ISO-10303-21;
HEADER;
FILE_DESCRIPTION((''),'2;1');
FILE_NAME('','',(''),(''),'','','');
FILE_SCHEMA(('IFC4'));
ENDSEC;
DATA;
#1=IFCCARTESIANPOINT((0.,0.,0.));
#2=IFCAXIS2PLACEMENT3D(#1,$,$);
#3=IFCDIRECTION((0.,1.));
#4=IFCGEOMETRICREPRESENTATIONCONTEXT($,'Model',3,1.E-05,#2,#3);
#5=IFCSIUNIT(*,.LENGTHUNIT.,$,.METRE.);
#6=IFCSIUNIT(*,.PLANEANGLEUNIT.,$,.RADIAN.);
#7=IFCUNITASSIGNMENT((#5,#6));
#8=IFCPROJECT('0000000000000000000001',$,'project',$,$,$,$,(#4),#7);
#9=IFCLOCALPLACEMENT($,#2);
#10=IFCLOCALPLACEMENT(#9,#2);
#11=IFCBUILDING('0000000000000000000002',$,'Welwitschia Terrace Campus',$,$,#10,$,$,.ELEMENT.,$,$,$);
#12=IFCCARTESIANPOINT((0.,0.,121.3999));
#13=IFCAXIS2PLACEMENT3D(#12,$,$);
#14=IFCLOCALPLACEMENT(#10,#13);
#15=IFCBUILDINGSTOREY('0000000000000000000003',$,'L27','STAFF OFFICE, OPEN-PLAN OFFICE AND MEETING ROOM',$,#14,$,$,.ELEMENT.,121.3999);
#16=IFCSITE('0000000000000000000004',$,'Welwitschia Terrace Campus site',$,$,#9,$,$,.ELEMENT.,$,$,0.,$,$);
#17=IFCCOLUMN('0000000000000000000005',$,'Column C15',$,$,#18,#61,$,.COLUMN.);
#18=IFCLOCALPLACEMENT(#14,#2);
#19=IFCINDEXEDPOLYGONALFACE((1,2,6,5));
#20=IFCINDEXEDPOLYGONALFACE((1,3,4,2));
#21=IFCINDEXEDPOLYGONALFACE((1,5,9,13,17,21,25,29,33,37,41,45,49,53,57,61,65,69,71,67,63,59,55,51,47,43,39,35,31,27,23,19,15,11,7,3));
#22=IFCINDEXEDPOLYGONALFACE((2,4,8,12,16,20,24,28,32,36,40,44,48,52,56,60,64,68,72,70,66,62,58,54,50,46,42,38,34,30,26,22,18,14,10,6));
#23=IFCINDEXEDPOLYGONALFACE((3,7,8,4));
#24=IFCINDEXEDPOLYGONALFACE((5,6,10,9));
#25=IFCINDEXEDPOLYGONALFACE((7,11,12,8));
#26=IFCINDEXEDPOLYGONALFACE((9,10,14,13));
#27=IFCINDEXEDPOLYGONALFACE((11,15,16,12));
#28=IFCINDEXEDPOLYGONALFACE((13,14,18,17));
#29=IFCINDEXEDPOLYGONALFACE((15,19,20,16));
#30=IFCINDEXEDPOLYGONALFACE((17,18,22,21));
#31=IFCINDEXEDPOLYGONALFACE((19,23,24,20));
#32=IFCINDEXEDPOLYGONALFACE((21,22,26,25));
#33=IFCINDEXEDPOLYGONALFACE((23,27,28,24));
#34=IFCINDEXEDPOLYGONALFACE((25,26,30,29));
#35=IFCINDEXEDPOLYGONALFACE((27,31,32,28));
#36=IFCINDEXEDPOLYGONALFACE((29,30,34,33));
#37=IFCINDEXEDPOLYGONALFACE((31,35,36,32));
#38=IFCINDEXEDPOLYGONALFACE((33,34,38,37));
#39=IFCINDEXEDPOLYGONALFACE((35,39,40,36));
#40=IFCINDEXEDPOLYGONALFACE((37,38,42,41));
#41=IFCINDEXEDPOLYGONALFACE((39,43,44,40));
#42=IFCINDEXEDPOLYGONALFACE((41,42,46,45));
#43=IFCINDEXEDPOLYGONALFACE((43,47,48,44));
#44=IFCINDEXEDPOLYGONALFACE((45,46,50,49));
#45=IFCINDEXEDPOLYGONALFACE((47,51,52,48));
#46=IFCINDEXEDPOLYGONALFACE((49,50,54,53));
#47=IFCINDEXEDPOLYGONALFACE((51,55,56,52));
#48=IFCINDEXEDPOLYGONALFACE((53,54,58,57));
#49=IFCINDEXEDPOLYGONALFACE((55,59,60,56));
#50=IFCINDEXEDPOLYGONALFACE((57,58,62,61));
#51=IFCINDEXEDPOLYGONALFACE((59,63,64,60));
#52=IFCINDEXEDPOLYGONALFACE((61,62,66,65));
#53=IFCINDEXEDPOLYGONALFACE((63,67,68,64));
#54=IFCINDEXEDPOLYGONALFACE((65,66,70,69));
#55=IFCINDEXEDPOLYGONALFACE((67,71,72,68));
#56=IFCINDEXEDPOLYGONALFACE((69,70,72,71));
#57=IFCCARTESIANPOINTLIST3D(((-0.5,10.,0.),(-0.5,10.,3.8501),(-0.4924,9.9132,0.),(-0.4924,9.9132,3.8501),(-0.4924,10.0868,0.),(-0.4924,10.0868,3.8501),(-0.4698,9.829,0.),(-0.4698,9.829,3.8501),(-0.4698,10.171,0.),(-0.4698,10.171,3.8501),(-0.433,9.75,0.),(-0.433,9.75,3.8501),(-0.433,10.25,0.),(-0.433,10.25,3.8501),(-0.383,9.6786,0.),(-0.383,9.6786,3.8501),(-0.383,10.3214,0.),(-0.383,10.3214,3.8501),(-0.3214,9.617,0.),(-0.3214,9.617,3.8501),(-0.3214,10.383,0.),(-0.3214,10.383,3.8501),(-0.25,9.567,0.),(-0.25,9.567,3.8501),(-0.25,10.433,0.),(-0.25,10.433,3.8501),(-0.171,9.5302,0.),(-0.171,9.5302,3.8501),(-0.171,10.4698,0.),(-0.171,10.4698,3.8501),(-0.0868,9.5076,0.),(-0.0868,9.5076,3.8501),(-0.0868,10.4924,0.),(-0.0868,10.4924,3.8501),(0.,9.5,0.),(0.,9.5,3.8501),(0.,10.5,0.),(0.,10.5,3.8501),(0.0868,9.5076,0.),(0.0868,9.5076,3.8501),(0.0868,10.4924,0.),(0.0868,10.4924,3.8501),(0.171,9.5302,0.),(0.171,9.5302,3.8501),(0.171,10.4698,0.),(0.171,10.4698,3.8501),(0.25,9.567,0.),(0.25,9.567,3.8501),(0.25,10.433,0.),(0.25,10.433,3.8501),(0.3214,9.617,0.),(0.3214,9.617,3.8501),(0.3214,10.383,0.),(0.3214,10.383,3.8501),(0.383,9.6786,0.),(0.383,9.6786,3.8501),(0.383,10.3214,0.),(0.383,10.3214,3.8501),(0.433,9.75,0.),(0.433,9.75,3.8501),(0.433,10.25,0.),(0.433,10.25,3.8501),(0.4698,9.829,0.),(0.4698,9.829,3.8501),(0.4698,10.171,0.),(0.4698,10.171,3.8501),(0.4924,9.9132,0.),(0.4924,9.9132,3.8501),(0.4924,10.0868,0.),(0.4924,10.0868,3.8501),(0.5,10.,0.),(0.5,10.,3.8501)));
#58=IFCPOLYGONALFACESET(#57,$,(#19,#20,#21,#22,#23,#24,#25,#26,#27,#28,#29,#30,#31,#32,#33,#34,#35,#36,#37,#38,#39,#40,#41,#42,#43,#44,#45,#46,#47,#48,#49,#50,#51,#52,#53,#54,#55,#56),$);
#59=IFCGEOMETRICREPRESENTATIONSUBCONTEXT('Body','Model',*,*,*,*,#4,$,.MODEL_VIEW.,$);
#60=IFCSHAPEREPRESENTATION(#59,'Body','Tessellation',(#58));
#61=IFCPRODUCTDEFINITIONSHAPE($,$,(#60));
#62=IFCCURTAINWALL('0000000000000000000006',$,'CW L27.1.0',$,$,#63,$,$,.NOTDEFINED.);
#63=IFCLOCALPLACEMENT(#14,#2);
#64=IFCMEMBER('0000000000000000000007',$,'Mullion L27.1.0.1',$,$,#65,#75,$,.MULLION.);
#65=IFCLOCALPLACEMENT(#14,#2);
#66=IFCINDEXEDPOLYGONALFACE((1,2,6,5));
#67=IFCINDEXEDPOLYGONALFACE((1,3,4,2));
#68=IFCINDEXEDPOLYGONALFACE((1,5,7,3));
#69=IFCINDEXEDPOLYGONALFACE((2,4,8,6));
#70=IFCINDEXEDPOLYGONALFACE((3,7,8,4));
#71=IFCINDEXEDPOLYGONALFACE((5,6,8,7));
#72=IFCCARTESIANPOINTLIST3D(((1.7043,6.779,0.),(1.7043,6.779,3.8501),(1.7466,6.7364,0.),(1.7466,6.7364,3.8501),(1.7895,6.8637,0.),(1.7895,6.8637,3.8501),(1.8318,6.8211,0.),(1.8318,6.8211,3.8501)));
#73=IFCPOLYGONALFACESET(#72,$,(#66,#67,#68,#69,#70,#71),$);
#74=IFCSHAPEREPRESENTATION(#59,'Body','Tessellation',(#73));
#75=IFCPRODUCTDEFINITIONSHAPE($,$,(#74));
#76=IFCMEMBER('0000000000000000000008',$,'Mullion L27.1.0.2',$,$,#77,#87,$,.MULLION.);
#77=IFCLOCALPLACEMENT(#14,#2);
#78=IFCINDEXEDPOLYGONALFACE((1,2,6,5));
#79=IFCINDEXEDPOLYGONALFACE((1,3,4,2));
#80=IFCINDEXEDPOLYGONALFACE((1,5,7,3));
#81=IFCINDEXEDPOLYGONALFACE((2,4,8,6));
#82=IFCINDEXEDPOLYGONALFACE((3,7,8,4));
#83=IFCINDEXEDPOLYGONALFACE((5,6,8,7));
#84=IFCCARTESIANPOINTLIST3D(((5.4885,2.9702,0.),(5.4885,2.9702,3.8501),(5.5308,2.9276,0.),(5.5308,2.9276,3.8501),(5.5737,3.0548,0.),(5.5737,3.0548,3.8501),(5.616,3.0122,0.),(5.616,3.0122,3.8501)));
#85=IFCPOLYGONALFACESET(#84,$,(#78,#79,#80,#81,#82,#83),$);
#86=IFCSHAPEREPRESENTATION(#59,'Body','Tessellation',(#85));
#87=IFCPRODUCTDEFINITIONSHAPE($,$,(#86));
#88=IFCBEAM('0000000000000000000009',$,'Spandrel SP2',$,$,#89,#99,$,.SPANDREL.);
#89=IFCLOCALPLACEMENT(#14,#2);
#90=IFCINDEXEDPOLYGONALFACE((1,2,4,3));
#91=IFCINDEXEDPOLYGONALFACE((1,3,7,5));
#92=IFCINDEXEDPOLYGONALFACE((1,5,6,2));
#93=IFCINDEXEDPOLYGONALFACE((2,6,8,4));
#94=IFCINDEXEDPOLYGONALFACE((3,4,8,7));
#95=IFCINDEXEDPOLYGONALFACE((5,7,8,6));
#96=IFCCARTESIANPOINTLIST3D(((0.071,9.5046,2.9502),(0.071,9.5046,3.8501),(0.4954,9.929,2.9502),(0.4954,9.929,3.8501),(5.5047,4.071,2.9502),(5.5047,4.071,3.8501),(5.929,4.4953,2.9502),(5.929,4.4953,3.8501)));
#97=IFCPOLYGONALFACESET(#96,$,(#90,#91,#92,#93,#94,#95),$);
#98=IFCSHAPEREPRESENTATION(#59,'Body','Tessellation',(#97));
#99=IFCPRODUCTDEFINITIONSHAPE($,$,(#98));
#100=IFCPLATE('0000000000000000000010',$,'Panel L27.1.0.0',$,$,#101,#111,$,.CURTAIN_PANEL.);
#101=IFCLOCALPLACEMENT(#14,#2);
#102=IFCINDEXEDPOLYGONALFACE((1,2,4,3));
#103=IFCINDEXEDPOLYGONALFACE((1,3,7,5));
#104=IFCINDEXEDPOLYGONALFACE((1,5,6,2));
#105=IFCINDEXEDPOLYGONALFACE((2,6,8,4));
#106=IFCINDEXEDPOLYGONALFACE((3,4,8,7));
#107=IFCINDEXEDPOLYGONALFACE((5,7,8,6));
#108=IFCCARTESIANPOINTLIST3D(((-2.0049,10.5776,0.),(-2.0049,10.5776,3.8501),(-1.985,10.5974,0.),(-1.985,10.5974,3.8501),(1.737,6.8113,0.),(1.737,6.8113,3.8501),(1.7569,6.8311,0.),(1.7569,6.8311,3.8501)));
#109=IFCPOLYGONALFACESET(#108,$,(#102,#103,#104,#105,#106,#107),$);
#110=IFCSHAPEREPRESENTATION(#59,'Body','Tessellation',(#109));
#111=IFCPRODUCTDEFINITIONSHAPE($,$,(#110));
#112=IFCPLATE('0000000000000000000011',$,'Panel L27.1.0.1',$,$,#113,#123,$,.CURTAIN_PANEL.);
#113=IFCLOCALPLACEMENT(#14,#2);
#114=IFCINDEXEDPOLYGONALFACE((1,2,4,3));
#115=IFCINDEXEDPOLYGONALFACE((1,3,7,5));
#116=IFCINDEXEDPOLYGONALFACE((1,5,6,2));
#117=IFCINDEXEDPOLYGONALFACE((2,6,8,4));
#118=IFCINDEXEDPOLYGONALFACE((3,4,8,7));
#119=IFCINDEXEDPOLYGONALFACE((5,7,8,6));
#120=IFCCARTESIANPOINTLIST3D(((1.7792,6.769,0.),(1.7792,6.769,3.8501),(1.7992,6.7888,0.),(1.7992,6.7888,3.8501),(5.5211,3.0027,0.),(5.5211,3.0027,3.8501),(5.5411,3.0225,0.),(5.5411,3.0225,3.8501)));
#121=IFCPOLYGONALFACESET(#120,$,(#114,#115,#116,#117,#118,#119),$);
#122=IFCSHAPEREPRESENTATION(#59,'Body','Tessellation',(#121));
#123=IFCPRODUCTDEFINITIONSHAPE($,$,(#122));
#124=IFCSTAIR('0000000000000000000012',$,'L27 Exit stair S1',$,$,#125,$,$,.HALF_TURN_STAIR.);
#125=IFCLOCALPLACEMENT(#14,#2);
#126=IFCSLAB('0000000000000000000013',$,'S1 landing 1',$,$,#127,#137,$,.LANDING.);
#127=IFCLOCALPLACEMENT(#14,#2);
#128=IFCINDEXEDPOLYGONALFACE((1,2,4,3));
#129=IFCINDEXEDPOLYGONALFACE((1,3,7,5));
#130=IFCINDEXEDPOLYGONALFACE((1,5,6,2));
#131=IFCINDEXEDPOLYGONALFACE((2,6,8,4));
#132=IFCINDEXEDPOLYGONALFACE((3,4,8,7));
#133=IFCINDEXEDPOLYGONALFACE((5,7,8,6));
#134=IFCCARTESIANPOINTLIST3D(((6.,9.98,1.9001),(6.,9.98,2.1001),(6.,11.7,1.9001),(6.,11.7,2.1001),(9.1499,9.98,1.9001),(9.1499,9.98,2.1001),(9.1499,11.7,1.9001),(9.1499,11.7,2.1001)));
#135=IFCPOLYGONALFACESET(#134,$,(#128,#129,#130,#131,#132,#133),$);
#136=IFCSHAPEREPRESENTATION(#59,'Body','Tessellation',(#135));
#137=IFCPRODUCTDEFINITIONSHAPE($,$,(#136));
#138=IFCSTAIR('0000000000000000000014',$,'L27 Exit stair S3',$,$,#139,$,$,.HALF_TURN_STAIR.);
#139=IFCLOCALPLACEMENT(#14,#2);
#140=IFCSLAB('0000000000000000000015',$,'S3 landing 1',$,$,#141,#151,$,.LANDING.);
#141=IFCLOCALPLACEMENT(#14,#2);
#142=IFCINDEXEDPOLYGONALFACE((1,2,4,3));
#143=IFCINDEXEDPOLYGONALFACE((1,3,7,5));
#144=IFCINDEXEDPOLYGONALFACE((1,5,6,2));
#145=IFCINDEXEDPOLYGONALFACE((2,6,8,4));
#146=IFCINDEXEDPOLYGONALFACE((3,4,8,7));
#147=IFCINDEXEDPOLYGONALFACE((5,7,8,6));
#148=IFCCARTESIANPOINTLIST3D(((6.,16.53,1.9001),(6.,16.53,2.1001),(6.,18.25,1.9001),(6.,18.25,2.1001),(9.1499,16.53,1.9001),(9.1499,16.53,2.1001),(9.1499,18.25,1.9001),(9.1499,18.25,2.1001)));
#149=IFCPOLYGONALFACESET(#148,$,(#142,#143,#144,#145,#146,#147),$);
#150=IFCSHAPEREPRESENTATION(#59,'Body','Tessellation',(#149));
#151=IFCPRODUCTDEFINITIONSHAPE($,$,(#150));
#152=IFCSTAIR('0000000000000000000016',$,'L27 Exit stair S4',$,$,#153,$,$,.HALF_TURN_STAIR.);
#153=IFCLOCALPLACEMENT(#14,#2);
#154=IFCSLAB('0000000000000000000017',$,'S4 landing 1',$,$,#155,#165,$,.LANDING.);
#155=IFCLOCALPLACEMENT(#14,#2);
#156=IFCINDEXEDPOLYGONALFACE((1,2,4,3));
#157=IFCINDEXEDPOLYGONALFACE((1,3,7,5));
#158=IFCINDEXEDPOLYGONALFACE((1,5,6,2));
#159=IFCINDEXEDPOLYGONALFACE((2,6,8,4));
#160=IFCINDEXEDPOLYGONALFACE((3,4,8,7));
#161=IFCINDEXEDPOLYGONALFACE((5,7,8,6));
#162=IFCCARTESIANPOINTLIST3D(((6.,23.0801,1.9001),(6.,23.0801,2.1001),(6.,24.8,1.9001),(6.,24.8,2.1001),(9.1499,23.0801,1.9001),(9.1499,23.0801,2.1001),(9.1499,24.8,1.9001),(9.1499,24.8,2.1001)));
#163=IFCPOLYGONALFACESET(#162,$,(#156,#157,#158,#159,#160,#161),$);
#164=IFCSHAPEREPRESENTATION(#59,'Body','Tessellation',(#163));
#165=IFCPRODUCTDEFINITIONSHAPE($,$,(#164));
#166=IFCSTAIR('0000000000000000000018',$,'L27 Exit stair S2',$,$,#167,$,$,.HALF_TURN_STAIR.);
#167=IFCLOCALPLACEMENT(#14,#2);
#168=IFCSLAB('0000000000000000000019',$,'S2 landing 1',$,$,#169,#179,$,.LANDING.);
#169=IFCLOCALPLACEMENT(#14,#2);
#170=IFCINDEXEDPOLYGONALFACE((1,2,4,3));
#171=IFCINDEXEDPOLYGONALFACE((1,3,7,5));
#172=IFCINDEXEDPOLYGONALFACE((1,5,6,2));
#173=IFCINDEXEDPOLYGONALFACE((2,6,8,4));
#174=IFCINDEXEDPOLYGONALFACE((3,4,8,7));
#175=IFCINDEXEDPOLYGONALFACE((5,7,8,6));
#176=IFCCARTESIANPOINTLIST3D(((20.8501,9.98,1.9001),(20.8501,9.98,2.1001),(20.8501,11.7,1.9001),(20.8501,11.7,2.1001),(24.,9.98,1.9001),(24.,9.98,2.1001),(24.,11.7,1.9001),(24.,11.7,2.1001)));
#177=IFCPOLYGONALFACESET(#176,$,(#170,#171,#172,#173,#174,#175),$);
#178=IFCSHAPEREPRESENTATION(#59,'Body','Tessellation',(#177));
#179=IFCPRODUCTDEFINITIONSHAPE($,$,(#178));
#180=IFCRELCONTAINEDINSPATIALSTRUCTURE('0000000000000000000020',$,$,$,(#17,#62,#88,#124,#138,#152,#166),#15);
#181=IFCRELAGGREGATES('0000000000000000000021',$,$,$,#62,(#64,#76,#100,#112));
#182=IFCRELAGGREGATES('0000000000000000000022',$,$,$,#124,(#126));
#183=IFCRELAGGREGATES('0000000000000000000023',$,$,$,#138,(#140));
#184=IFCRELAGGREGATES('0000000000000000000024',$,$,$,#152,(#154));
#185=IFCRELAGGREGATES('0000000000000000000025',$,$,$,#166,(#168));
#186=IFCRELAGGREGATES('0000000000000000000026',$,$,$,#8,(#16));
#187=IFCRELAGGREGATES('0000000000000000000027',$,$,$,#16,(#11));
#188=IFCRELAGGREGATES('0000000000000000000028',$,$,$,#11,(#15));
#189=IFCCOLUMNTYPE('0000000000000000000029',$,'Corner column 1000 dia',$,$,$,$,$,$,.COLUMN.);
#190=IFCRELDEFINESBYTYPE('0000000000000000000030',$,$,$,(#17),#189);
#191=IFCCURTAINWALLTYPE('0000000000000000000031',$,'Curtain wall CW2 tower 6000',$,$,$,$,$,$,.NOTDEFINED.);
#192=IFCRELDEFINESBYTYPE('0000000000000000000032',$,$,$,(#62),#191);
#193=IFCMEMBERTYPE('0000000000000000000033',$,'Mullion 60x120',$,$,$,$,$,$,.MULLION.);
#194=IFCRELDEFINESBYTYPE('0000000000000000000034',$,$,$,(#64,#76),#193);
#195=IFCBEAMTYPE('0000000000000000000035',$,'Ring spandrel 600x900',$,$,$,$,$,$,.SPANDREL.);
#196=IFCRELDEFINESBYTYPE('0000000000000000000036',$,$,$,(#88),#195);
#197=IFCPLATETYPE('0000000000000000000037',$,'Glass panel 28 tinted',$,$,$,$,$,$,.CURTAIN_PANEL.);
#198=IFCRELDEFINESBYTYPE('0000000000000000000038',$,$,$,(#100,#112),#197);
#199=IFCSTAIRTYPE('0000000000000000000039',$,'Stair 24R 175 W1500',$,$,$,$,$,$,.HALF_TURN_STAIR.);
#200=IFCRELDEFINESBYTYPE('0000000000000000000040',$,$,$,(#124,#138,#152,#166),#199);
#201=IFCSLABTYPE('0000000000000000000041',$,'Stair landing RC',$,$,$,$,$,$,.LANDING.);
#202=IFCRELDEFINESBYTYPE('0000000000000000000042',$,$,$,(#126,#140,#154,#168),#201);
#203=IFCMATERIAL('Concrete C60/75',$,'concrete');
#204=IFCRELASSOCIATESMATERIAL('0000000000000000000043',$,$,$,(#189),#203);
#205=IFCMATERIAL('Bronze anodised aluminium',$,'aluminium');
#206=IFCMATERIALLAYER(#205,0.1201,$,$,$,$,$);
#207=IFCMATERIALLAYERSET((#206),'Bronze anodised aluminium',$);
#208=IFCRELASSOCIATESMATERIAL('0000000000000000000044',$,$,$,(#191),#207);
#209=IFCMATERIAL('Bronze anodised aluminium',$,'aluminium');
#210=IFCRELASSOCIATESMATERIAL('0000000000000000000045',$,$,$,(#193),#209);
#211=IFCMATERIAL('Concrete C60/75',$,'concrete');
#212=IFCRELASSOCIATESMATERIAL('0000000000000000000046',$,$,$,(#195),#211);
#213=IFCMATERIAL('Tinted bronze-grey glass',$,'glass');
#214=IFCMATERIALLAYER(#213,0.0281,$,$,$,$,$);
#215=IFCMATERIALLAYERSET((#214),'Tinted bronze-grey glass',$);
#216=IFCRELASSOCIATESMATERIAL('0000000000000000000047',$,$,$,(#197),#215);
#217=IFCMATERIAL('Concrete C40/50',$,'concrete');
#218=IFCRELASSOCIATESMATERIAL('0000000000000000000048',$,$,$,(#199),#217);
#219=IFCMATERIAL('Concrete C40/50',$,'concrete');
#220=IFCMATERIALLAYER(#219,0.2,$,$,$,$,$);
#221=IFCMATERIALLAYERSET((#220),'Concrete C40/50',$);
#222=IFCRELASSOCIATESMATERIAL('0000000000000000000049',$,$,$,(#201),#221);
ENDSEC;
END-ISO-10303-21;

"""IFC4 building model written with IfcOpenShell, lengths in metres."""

from ifc_helpers import new_model, si_unit, direction, frame, origin, origin_2d, place, context, subcontext, project, spatial, polyline, rectangle, circle, outline, extrude, material, layer, layer_set, material_profile, profile_set, type_object, element, aggregate, save


model = new_model("IFC4")

# Units and contexts
model_context = context("Model", 3, precision=1e-05, world=origin(), true_north=direction((0.0, 1.0)))
body_context = subcontext(model_context, "Body", "Model", "MODEL_VIEW")
ifc_project = project(units=[si_unit("LENGTHUNIT", "METRE"), si_unit("PLANEANGLEUNIT", "RADIAN")], contexts=[model_context])

# Site, building, storey
site_placement = place(None, origin())
site = spatial("IfcSite", under=ifc_project, at=site_placement, Name="Welwitschia Terrace Campus site", CompositionType="ELEMENT", RefElevation=0.0)
building_placement = place(site_placement, origin())
building = spatial("IfcBuilding", under=site, at=building_placement, Name="Welwitschia Terrace Campus", CompositionType="ELEMENT")
storey_placement = place(building_placement, frame((0.0, 0.0, 121.3999)))
storey = spatial("IfcBuildingStorey", under=building, at=storey_placement, Name="L27", Description="STAFF OFFICE, OPEN-PLAN OFFICE AND MEETING ROOM", CompositionType="ELEMENT", Elevation=121.3999)

# Column
ifc_material_1 = material(Name="Concrete C60/75", Category="concrete")
ifc_material_profile_1 = material_profile(ifc_material_1, circle(Radius=0.5, at=origin_2d()))
ifc_profile_set_1 = profile_set([ifc_material_profile_1], Name="Concrete C60/75")
column_type = type_object("IfcColumnType", Name="Corner column 1000 dia", PredefinedType="COLUMN", material=ifc_profile_set_1)
column_placement = place(storey_placement, frame((0.0, 10.0, 0.0), z_axis=(0.0, 0.0, 1.0), x_axis=(1.0, 0.0, 0.0)))
element("IfcColumn", 1, at=column_placement, inside=storey, type_object=column_type, Name="Column C15", PredefinedType="COLUMN", context=body_context, shape_type="SweptSolid", body=[
    extrude(circle(Radius=0.5, at=origin_2d()), origin(), (0.0, 0.0, 1.0), 3.8501),
])

# Curtain wall, members
ifc_material_2 = material(Name="Bronze anodised aluminium", Category="aluminium")
ifc_layer_1 = layer(ifc_material_2, 0.1201)
ifc_layer_set_1 = layer_set([ifc_layer_1], Name="Bronze anodised aluminium")
curtain_wall_type = type_object("IfcCurtainWallType", Name="Curtain wall CW2 tower 6000", PredefinedType="NOTDEFINED", material=ifc_layer_set_1)
curtain_wall_placement = place(storey_placement, origin())
curtain_wall = element("IfcCurtainWall", 2, at=curtain_wall_placement, inside=storey, type_object=curtain_wall_type, Name="CW L27.1.0", PredefinedType="NOTDEFINED")
ifc_material_3 = material(Name="Bronze anodised aluminium", Category="aluminium")
ifc_material_profile_2 = material_profile(ifc_material_3, rectangle(XDim=0.1201, YDim=0.0601, at=origin_2d()))
ifc_profile_set_2 = profile_set([ifc_material_profile_2], Name="Bronze anodised aluminium")
member_type = type_object("IfcMemberType", Name="Mullion 60x120", PredefinedType="MULLION", material=ifc_profile_set_2)
member_1_placement = place(storey_placement, frame((1.7681, 6.8, 0.0), z_axis=(0.0, 0.0, 1.0), x_axis=(0.709395, 0.704812, 0.0)))
member_1 = element("IfcMember", 3, at=member_1_placement, type_object=member_type, Name="Mullion L27.1.0.1", PredefinedType="MULLION", context=body_context, shape_type="SweptSolid", body=[
    extrude(rectangle(XDim=0.1201, YDim=0.0601, at=origin_2d()), origin(), (0.0, 0.0, 1.0), 3.8501),
])
member_2_placement = place(storey_placement, frame((5.5522, 2.9912, 0.0), z_axis=(0.0, 0.0, 1.0), x_axis=(0.709395, 0.704812, 0.0)))
member_2 = element("IfcMember", 4, at=member_2_placement, type_object=member_type, Name="Mullion L27.1.0.2", PredefinedType="MULLION", context=body_context, shape_type="SweptSolid", body=[
    extrude(rectangle(XDim=0.1201, YDim=0.0601, at=origin_2d()), origin(), (0.0, 0.0, 1.0), 3.8501),
])

# Beam
ifc_material_4 = material(Name="Concrete C60/75", Category="concrete")
ifc_material_profile_3 = material_profile(ifc_material_4, rectangle(XDim=0.6001, YDim=0.8999, at=origin_2d()))
ifc_profile_set_3 = profile_set([ifc_material_profile_3], Name="Concrete C60/75")
beam_type = type_object("IfcBeamType", Name="Ring spandrel 600x900", PredefinedType="SPANDREL", material=ifc_profile_set_3)
beam_placement = place(storey_placement, frame((0.2832, 9.7168, 3.4001), z_axis=(0.707107, -0.707107, 0.0), x_axis=(0.707107, 0.707107, 0.0)))
element("IfcBeam", 5, at=beam_placement, inside=storey, type_object=beam_type, Name="Spandrel SP2", PredefinedType="SPANDREL", context=body_context, shape_type="SweptSolid", body=[
    extrude(rectangle(XDim=0.6001, YDim=0.8999, at=origin_2d()), origin(), (0.0, 0.0, 1.0), 7.6843),
])

# Plates
ifc_material_5 = material(Name="Tinted bronze-grey glass", Category="glass")
ifc_layer_2 = layer(ifc_material_5, 0.0281)
ifc_layer_set_2 = layer_set([ifc_layer_2], Name="Tinted bronze-grey glass")
plate_type = type_object("IfcPlateType", Name="Glass panel 28 tinted", PredefinedType="CURTAIN_PANEL", material=ifc_layer_set_2)
plate_1_placement = place(storey_placement, frame((-0.124, 8.7043, 0.0), z_axis=(0.0, 0.0, 1.0), x_axis=(0.704812, -0.709395, 0.0)))
plate_1 = element("IfcPlate", 6, at=plate_1_placement, type_object=plate_type, Name="Panel L27.1.0.0", PredefinedType="CURTAIN_PANEL", context=body_context, shape_type="SweptSolid", body=[
    extrude(rectangle(XDim=5.3091, YDim=0.0281, at=origin_2d()), origin(), (0.0, 0.0, 1.0), 3.8501),
])
plate_2_placement = place(storey_placement, frame((3.6602, 4.8958, 0.0), z_axis=(0.0, 0.0, 1.0), x_axis=(0.704812, -0.709395, 0.0)))
plate_2 = element("IfcPlate", 7, at=plate_2_placement, type_object=plate_type, Name="Panel L27.1.0.1", PredefinedType="CURTAIN_PANEL", context=body_context, shape_type="SweptSolid", body=[
    extrude(rectangle(XDim=5.3091, YDim=0.0281, at=origin_2d()), origin(), (0.0, 0.0, 1.0), 3.8501),
])
aggregate(curtain_wall, [member_1, member_2, plate_1, plate_2])

# Stairs, slabs
ifc_material_6 = material(Name="Concrete C40/50", Category="concrete")
stair_type = type_object("IfcStairType", Name="Stair 24R 175 W1500", PredefinedType="HALF_TURN_STAIR", material=ifc_material_6)
stair_1_placement = place(storey_placement, origin())
stair_1 = element("IfcStair", 8, at=stair_1_placement, inside=storey, type_object=stair_type, Name="L27 Exit stair S1", PredefinedType="HALF_TURN_STAIR")
ifc_material_7 = material(Name="Concrete C40/50", Category="concrete")
ifc_layer_3 = layer(ifc_material_7, 0.2)
ifc_layer_set_3 = layer_set([ifc_layer_3], Name="Concrete C40/50")
slab_type_1 = type_object("IfcSlabType", Name="Stair landing RC", PredefinedType="LANDING", material=ifc_layer_set_3)
slab_1_placement = place(storey_placement, frame((0.0, 0.0, 1.9001)))
slab_1 = element("IfcSlab", 9, at=slab_1_placement, type_object=slab_type_1, Name="S1 landing 1", PredefinedType="LANDING", context=body_context, shape_type="SweptSolid", body=[
    extrude(outline(polyline([(9.1499, 9.98), (9.1499, 11.7), (6.0, 11.7), (6.0, 9.98), (9.1499, 9.98)])), origin(), (0.0, 0.0, 1.0), 0.2),
])
aggregate(stair_1, [slab_1])
stair_2_placement = place(storey_placement, origin())
stair_2 = element("IfcStair", 10, at=stair_2_placement, inside=storey, type_object=stair_type, Name="L27 Exit stair S3", PredefinedType="HALF_TURN_STAIR")
slab_2_placement = place(storey_placement, frame((0.0, 0.0, 1.9001)))
slab_2 = element("IfcSlab", 11, at=slab_2_placement, type_object=slab_type_1, Name="S3 landing 1", PredefinedType="LANDING", context=body_context, shape_type="SweptSolid", body=[
    extrude(outline(polyline([(9.1499, 16.53), (9.1499, 18.25), (6.0, 18.25), (6.0, 16.53), (9.1499, 16.53)])), origin(), (0.0, 0.0, 1.0), 0.2),
])
aggregate(stair_2, [slab_2])
stair_3_placement = place(storey_placement, origin())
stair_3 = element("IfcStair", 12, at=stair_3_placement, inside=storey, type_object=stair_type, Name="L27 Exit stair S4", PredefinedType="HALF_TURN_STAIR")
slab_3_placement = place(storey_placement, frame((0.0, 0.0, 1.9001)))
slab_3 = element("IfcSlab", 13, at=slab_3_placement, type_object=slab_type_1, Name="S4 landing 1", PredefinedType="LANDING", context=body_context, shape_type="SweptSolid", body=[
    extrude(outline(polyline([(9.1499, 23.0801), (9.1499, 24.8), (6.0, 24.8), (6.0, 23.0801), (9.1499, 23.0801)])), origin(), (0.0, 0.0, 1.0), 0.2),
])
aggregate(stair_3, [slab_3])
stair_4_placement = place(storey_placement, origin())
stair_4 = element("IfcStair", 14, at=stair_4_placement, inside=storey, type_object=stair_type, Name="L27 Exit stair S2", PredefinedType="HALF_TURN_STAIR")
slab_4_placement = place(storey_placement, frame((0.0, 0.0, 1.9001)))
slab_4 = element("IfcSlab", 15, at=slab_4_placement, type_object=slab_type_1, Name="S2 landing 1", PredefinedType="LANDING", context=body_context, shape_type="SweptSolid", body=[
    extrude(outline(polyline([(24.0, 9.98), (24.0, 11.7), (20.8501, 11.7), (20.8501, 9.98), (24.0, 9.98)])), origin(), (0.0, 0.0, 1.0), 0.2),
])
aggregate(stair_4, [slab_4])

save(model, "model.ifc")
